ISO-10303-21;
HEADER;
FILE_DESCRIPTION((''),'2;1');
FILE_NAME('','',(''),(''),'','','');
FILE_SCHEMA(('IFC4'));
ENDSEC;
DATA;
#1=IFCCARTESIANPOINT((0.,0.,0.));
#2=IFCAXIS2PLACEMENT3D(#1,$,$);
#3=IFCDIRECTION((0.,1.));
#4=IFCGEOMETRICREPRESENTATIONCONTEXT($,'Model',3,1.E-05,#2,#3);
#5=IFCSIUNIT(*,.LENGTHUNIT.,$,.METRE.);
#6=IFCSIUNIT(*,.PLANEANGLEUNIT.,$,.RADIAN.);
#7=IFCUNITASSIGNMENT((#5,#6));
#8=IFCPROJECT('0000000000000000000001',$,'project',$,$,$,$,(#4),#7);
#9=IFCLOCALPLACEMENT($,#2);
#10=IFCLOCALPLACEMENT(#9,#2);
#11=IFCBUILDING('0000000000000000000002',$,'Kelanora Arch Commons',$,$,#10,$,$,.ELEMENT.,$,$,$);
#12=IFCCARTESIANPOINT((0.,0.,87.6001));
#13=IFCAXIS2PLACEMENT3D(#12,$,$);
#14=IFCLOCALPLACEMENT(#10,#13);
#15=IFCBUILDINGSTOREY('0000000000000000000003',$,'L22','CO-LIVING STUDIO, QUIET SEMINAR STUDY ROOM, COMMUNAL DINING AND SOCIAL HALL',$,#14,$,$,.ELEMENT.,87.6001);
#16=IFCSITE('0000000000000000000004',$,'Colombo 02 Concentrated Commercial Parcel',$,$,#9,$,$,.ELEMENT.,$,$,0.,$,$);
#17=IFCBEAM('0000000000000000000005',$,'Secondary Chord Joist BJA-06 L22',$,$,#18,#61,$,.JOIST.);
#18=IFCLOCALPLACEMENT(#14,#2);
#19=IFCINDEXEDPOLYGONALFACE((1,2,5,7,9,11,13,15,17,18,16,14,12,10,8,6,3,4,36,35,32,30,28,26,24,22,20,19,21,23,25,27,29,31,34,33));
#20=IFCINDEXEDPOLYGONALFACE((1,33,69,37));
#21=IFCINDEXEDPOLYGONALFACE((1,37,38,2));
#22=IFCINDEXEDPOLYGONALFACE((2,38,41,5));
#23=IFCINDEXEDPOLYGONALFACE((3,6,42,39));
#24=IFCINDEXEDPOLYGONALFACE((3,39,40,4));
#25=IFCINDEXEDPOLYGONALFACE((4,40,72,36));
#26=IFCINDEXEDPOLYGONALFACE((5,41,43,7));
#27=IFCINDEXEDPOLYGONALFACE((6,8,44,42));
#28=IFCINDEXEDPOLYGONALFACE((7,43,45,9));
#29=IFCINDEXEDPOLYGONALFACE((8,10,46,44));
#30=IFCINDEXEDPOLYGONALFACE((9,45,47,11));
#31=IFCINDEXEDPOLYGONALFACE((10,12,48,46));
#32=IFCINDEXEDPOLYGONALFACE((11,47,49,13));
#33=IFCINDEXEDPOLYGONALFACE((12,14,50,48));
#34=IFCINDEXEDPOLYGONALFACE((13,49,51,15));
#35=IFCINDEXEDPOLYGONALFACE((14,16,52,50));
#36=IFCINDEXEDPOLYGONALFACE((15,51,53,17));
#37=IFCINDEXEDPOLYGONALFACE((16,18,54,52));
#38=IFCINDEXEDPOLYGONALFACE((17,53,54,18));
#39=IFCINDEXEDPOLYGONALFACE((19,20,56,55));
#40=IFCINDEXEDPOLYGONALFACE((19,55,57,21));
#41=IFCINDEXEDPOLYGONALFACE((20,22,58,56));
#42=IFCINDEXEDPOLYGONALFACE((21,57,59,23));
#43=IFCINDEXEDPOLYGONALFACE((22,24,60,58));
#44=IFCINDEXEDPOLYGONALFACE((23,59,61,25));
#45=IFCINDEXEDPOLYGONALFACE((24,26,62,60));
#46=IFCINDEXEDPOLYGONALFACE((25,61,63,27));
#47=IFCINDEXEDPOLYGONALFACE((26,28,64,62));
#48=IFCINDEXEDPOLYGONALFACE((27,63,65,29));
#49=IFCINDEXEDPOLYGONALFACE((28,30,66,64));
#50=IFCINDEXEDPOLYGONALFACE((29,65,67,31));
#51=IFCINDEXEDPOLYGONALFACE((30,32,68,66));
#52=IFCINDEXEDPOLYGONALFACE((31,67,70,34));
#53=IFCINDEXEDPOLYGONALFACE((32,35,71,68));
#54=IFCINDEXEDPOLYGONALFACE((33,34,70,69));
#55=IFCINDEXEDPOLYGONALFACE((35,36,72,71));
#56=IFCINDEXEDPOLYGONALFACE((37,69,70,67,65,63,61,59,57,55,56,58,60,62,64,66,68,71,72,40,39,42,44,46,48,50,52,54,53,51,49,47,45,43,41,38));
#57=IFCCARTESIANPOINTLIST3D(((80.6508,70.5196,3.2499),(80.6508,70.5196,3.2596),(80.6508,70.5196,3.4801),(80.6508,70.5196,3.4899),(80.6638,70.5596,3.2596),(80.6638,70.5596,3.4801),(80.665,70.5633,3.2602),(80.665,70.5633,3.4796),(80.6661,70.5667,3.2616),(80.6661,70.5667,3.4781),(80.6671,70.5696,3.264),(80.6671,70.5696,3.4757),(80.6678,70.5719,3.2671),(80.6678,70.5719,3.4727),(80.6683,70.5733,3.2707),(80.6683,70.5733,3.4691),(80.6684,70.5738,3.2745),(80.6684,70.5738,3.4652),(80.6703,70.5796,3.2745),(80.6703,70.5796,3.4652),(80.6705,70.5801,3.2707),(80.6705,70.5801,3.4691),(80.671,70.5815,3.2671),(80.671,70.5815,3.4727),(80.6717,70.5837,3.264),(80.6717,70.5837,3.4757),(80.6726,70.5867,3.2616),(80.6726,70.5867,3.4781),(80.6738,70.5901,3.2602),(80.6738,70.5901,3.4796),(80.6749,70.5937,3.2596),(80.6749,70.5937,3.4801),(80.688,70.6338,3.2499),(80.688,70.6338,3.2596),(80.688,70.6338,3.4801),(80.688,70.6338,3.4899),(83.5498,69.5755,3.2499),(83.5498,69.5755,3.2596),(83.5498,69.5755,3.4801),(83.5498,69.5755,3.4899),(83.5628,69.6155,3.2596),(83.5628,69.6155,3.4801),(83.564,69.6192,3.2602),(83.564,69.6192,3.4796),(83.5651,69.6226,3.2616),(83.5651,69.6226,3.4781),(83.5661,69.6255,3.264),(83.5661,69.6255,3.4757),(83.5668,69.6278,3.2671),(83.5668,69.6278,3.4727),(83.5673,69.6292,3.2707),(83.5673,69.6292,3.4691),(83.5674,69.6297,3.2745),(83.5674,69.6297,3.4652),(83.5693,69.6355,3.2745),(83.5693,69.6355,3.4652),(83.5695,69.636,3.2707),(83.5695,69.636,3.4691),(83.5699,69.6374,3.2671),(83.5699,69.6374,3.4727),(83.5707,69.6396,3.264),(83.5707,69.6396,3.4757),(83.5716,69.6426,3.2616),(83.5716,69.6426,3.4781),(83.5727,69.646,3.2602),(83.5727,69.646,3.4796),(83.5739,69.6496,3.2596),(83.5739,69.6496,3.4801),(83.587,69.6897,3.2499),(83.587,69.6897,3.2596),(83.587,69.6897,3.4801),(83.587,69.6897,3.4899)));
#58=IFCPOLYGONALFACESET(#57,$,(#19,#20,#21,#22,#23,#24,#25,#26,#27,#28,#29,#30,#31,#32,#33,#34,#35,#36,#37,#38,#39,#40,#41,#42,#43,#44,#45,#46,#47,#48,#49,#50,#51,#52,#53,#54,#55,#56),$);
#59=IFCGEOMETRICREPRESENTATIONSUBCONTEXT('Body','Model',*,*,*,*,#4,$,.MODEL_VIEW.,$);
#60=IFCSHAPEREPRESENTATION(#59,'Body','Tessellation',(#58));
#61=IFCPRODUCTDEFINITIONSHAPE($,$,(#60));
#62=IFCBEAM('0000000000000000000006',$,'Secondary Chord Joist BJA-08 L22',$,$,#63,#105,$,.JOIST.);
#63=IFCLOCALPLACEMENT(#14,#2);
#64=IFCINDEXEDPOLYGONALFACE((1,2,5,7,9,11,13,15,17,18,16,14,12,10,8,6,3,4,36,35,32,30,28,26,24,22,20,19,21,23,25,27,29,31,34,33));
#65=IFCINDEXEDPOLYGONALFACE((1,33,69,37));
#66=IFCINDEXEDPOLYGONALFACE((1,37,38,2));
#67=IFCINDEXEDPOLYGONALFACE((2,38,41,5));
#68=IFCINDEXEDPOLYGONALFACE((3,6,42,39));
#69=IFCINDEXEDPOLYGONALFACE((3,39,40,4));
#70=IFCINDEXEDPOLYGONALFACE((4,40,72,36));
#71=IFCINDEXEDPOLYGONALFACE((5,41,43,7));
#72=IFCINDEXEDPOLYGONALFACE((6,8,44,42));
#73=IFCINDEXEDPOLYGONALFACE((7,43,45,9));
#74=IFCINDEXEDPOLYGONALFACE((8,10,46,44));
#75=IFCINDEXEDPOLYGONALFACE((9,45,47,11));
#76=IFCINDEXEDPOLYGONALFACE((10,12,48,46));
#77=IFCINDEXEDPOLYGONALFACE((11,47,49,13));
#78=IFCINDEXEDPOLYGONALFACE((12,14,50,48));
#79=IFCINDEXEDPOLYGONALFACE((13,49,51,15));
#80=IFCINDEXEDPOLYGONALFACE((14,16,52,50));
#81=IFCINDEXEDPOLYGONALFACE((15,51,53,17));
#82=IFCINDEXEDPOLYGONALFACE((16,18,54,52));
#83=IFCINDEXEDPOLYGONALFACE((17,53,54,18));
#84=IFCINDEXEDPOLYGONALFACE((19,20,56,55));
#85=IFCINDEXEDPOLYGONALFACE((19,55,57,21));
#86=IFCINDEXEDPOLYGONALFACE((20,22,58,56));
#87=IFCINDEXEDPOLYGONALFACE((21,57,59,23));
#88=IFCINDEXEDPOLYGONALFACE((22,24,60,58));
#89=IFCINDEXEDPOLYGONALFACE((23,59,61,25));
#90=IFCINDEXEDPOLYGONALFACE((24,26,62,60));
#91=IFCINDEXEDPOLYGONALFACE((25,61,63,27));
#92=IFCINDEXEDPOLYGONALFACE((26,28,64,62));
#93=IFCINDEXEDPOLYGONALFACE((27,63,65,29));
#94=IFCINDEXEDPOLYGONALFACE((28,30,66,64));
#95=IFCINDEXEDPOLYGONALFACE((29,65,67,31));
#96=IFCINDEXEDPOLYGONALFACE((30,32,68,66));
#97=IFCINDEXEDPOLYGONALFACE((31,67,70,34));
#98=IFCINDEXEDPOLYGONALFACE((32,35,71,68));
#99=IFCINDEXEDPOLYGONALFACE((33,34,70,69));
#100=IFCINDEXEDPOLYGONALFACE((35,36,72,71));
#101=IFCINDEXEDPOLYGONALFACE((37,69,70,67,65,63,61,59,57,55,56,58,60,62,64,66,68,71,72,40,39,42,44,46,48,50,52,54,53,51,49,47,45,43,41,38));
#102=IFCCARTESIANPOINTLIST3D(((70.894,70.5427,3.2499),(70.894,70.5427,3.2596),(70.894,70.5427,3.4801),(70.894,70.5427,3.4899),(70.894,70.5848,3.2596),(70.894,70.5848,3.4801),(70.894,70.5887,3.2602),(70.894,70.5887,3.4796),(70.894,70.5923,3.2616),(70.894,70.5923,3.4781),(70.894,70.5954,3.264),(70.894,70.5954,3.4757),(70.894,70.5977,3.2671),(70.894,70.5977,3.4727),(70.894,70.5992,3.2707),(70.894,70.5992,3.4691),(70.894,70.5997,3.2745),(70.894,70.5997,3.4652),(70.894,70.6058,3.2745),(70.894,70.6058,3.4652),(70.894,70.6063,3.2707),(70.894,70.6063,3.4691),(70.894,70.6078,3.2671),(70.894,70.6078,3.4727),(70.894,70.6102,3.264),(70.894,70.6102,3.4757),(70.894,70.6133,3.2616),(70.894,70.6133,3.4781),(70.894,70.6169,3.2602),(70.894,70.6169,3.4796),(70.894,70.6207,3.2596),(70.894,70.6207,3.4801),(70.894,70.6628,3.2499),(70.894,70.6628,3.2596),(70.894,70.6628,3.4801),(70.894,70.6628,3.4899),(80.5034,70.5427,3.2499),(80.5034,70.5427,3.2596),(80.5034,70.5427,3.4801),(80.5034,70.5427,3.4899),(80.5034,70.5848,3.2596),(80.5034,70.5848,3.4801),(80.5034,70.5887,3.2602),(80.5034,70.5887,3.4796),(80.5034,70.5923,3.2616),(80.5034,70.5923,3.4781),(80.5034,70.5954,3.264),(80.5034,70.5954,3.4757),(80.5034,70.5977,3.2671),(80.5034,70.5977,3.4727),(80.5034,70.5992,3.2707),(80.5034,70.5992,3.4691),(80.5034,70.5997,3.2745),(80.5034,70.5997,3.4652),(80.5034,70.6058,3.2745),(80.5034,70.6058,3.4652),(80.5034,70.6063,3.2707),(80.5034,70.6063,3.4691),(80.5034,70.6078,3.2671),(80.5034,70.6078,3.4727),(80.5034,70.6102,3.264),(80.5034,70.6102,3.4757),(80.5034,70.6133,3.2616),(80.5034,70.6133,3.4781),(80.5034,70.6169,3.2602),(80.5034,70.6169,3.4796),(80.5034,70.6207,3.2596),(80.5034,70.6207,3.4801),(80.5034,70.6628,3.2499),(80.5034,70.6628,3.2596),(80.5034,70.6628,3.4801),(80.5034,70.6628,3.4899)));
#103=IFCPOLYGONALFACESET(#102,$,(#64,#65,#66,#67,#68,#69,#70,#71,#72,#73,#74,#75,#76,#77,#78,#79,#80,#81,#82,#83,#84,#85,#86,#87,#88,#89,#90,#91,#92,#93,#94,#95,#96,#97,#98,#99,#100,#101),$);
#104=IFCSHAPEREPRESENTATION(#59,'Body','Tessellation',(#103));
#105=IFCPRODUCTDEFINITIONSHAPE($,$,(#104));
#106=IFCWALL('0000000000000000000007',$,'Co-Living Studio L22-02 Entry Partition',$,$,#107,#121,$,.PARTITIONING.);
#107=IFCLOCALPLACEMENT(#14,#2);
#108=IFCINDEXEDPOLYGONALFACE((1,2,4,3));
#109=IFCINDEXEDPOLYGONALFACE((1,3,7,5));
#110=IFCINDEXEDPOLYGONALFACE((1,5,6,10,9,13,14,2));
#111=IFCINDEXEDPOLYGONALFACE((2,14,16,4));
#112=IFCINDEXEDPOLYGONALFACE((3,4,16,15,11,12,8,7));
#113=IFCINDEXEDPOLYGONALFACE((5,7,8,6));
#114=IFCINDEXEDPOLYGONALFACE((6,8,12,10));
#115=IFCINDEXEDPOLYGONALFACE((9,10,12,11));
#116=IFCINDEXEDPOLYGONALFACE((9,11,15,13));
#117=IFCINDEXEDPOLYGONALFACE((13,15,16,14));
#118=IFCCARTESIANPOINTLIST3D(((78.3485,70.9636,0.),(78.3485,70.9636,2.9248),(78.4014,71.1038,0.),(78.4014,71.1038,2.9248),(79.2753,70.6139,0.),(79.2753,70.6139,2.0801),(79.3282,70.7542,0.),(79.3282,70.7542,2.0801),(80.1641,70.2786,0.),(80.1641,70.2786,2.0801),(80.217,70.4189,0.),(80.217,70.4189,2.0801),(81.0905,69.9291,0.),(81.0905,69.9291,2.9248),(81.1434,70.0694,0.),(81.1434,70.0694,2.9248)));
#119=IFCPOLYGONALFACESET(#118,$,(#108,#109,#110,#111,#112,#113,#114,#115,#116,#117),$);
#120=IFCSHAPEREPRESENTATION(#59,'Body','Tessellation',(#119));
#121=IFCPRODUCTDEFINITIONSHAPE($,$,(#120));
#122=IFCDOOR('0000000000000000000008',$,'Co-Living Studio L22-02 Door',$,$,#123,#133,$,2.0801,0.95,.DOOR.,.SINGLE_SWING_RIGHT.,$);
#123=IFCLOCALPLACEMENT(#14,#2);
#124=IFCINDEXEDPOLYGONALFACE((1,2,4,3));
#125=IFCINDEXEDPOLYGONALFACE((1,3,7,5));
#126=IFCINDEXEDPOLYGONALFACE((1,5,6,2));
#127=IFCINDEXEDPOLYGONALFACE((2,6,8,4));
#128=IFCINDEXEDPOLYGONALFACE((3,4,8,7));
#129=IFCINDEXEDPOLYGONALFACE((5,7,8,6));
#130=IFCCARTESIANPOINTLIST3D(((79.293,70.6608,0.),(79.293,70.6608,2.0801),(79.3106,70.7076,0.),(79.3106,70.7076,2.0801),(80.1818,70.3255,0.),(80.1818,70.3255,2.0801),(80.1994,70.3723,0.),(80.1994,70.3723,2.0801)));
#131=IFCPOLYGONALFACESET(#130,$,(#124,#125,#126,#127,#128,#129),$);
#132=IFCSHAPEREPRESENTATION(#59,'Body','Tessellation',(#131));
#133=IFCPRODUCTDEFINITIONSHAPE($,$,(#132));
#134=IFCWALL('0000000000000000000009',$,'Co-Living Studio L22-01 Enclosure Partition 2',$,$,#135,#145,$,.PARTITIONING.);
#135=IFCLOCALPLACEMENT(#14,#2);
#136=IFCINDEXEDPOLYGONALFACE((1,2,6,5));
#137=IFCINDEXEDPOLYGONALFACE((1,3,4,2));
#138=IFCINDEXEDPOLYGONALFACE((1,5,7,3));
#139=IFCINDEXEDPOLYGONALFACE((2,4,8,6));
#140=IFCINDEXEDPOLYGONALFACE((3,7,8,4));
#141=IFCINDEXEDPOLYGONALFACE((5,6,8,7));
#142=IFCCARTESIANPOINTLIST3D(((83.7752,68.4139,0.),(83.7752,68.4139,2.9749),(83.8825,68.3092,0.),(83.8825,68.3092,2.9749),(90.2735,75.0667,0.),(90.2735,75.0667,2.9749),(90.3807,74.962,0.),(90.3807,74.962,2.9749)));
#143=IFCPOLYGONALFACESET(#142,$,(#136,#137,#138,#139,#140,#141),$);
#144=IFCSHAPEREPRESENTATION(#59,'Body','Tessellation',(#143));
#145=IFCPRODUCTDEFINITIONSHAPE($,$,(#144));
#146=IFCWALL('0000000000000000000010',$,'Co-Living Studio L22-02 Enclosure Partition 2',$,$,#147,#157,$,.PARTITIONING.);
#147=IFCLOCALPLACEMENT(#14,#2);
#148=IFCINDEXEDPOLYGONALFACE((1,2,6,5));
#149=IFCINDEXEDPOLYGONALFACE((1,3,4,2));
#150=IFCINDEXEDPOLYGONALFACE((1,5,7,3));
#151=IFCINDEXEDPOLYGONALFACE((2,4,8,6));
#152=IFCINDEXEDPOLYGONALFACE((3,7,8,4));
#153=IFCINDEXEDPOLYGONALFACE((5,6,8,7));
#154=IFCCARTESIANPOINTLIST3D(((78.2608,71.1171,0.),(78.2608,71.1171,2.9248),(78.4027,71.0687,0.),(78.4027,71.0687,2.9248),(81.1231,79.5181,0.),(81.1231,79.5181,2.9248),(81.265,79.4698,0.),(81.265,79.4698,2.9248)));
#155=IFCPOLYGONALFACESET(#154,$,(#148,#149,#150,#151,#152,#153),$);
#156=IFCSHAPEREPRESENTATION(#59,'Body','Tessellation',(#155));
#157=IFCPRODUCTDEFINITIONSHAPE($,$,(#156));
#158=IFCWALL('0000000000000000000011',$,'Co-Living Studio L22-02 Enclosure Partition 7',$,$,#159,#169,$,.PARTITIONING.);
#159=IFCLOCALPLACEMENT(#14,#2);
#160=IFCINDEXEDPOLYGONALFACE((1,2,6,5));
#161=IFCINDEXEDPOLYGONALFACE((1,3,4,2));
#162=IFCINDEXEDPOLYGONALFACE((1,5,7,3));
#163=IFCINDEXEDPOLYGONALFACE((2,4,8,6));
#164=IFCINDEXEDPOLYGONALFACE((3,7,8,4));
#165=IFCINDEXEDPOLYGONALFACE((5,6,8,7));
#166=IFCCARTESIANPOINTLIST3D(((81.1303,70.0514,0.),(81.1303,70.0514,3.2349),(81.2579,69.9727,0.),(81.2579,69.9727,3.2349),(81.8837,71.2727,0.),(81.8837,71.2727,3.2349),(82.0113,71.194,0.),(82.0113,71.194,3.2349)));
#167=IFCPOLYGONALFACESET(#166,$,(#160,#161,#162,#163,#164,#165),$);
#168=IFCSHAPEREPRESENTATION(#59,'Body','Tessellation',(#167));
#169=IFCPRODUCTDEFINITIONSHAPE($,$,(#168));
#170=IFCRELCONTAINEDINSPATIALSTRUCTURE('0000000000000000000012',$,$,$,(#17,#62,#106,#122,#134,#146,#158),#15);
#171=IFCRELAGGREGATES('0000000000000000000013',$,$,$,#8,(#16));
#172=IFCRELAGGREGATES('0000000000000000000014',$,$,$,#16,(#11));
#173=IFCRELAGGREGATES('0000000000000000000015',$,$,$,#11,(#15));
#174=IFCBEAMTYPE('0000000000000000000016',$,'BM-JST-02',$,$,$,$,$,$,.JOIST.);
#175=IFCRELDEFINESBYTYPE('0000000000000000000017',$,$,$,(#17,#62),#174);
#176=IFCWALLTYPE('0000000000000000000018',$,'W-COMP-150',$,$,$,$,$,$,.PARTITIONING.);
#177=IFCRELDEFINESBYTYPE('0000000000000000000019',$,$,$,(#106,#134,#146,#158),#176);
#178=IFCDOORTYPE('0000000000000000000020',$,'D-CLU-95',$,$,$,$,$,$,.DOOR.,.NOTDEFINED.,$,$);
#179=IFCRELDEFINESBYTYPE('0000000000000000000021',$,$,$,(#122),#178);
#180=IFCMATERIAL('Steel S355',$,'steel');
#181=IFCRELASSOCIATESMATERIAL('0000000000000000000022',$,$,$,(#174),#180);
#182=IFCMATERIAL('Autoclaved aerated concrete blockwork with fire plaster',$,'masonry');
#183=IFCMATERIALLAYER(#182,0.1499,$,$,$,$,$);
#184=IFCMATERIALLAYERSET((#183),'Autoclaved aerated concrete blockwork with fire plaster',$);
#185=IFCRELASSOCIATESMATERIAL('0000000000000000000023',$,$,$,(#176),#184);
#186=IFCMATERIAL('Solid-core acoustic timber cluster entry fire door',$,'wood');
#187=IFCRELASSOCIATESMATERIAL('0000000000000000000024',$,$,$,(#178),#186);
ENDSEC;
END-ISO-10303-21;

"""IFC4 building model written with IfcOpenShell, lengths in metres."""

from ifc_helpers import new_model, si_unit, direction, frame, frame_2d, origin, origin_2d, place, context, subcontext, project, spatial, rectangle, i_section, extrude, material, layer, layer_set, material_profile, profile_set, type_object, element, fill, save


model = new_model("IFC4")

# Units and contexts
model_context = context("Model", 3, precision=1e-05, world=origin(), true_north=direction((0.0, 1.0)))
body_context = subcontext(model_context, "Body", "Model", "MODEL_VIEW")
ifc_project = project(units=[si_unit("LENGTHUNIT", "METRE"), si_unit("PLANEANGLEUNIT", "RADIAN")], contexts=[model_context])

# Site, building, storey
site_placement = place(None, origin())
site = spatial("IfcSite", under=ifc_project, at=site_placement, Name="Colombo 02 Concentrated Commercial Parcel", CompositionType="ELEMENT", RefElevation=0.0)
building_placement = place(site_placement, origin())
building = spatial("IfcBuilding", under=site, at=building_placement, Name="Kelanora Arch Commons", CompositionType="ELEMENT")
storey_placement = place(building_placement, frame((0.0, 0.0, 87.6001)))
storey = spatial("IfcBuildingStorey", under=building, at=storey_placement, Name="L22", Description="CO-LIVING STUDIO, QUIET SEMINAR STUDY ROOM, COMMUNAL DINING AND SOCIAL HALL", CompositionType="ELEMENT", Elevation=87.6001)

# Beams
ifc_material_1 = material(Name="Steel S355", Category="steel")
ifc_material_profile = material_profile(ifc_material_1, i_section(OverallWidth=0.1201, OverallDepth=0.24, WebThickness=0.0061, FlangeThickness=0.0098, FilletRadius=0.0149, at=origin_2d()), Name="IPE240")
ifc_profile_set = profile_set([ifc_material_profile], Name="Steel S355")
beam_type = type_object("IfcBeamType", Name="BM-JST-02", PredefinedType="JOIST", material=ifc_profile_set)
beam_1_placement = place(storey_placement, frame((83.5684, 69.6326, 3.3699), z_axis=(-0.950847, 0.309662, 0.0), x_axis=(-0.309662, -0.950847, 0.0)))
element("IfcBeam", 1, at=beam_1_placement, inside=storey, type_object=beam_type, Name="Secondary Chord Joist BJA-06 L22", PredefinedType="JOIST", context=body_context, shape_type="SweptSolid", body=[
    extrude(i_section(OverallWidth=0.1201, OverallDepth=0.24, WebThickness=0.0061, FlangeThickness=0.0098, FilletRadius=0.0149, at=origin_2d()), origin(), (0.0, 0.0, 1.0), 3.0488),
])
beam_2_placement = place(storey_placement, frame((80.5034, 70.6028, 3.3699), z_axis=(-1.0, 0.0, 0.0), x_axis=(0.0, -1.0, 0.0)))
element("IfcBeam", 2, at=beam_2_placement, inside=storey, type_object=beam_type, Name="Secondary Chord Joist BJA-08 L22", PredefinedType="JOIST", context=body_context, shape_type="SweptSolid", body=[
    extrude(i_section(OverallWidth=0.1201, OverallDepth=0.24, WebThickness=0.0061, FlangeThickness=0.0098, FilletRadius=0.0149, at=origin_2d()), origin(), (0.0, 0.0, 1.0), 9.6094),
])

# Wall, opening, door
ifc_material_2 = material(Name="Autoclaved aerated concrete blockwork with fire plaster", Category="masonry")
ifc_layer_1 = layer(ifc_material_2, 0.1499)
ifc_layer_set_1 = layer_set([ifc_layer_1], Name="Autoclaved aerated concrete blockwork with fire plaster")
wall_type_1 = type_object("IfcWallType", Name="W-COMP-150", PredefinedType="PARTITIONING", material=ifc_layer_set_1)
wall_1_placement = place(storey_placement, frame((81.1169, 69.9993, 0.0), z_axis=(0.0, 0.0, 1.0), x_axis=(-0.935632, 0.352976, 0.0)))
wall_1 = element("IfcWall", 3, at=wall_1_placement, inside=storey, type_object=wall_type_1, Name="Co-Living Studio L22-02 Entry Partition", PredefinedType="PARTITIONING", context=body_context, shape_type="SweptSolid", body=[
    extrude(rectangle(XDim=2.9307, YDim=0.1499, at=frame_2d((1.4653, 0.0))), origin(), (0.0, 0.0, 1.0), 2.9248),
])
opening_1_placement = place(wall_1_placement, frame((0.99, 0.0, 0.0)))
opening_1 = element("IfcOpeningElement", 4, at=opening_1_placement, cuts=wall_1, PredefinedType="OPENING", context=body_context, shape_type="SweptSolid", body=[
    extrude(rectangle(XDim=0.95, YDim=2.0801, at=frame_2d((0.4751, 1.04))), frame((0.0, 0.085, 0.0), z_axis=(0.0, -1.0, 0.0), x_axis=(1.0, 0.0, 0.0)), (0.0, 0.0, 1.0), 0.1699),
])
ifc_material_3 = material(Name="Solid-core acoustic timber cluster entry fire door", Category="wood")
door_type_1 = type_object("IfcDoorType", Name="D-CLU-95", OperationType="NOTDEFINED", PredefinedType="DOOR", material=ifc_material_3)
door_1_placement = place(opening_1_placement, origin())
door_1 = element("IfcDoor", 5, at=door_1_placement, inside=storey, type_object=door_type_1, Name="Co-Living Studio L22-02 Door", OperationType="SINGLE_SWING_RIGHT", OverallHeight=2.0801, OverallWidth=0.95, PredefinedType="DOOR", context=body_context, shape_type="SweptSolid", body=[
    extrude(rectangle(XDim=0.95, YDim=2.0801, at=frame_2d((0.4751, 1.04))), frame((0.0, 0.0249, 0.0), z_axis=(0.0, -1.0, 0.0), x_axis=(1.0, 0.0, 0.0)), (0.0, 0.0, 1.0), 0.05),
])
fill(opening_1, door_1)

# Walls
wall_2_placement = place(storey_placement, frame((83.8289, 68.3616, 0.0), z_axis=(0.0, 0.0, 1.0), x_axis=(0.698749, 0.715367, 0.0)))
element("IfcWall", 6, at=wall_2_placement, inside=storey, type_object=wall_type_1, Name="Co-Living Studio L22-01 Enclosure Partition 2", PredefinedType="PARTITIONING", context=body_context, shape_type="SweptSolid", body=[
    extrude(rectangle(XDim=9.2998, YDim=0.1499, at=frame_2d((4.6499, 0.0))), origin(), (0.0, 0.0, 1.0), 2.9749),
])
wall_3_placement = place(storey_placement, frame((78.3318, 71.093, 0.0), z_axis=(0.0, 0.0, 1.0), x_axis=(0.322501, 0.946569, 0.0)))
element("IfcWall", 7, at=wall_3_placement, inside=storey, type_object=wall_type_1, Name="Co-Living Studio L22-02 Enclosure Partition 2", PredefinedType="PARTITIONING", context=body_context, shape_type="SweptSolid", body=[
    extrude(rectangle(XDim=8.8752, YDim=0.1499, at=frame_2d((4.4375, 0.0))), origin(), (0.0, 0.0, 1.0), 2.9248),
])
wall_4_placement = place(storey_placement, frame((81.9475, 71.2334, 0.0), z_axis=(0.0, 0.0, 1.0), x_axis=(-0.524989, -0.851109, 0.0)))
element("IfcWall", 8, at=wall_4_placement, inside=storey, type_object=wall_type_1, Name="Co-Living Studio L22-02 Enclosure Partition 7", PredefinedType="PARTITIONING", context=body_context, shape_type="SweptSolid", body=[
    extrude(rectangle(XDim=1.4351, YDim=0.1499, at=frame_2d((0.7175, 0.0))), origin(), (0.0, 0.0, 1.0), 3.2349),
])

save(model, "model.ifc")
